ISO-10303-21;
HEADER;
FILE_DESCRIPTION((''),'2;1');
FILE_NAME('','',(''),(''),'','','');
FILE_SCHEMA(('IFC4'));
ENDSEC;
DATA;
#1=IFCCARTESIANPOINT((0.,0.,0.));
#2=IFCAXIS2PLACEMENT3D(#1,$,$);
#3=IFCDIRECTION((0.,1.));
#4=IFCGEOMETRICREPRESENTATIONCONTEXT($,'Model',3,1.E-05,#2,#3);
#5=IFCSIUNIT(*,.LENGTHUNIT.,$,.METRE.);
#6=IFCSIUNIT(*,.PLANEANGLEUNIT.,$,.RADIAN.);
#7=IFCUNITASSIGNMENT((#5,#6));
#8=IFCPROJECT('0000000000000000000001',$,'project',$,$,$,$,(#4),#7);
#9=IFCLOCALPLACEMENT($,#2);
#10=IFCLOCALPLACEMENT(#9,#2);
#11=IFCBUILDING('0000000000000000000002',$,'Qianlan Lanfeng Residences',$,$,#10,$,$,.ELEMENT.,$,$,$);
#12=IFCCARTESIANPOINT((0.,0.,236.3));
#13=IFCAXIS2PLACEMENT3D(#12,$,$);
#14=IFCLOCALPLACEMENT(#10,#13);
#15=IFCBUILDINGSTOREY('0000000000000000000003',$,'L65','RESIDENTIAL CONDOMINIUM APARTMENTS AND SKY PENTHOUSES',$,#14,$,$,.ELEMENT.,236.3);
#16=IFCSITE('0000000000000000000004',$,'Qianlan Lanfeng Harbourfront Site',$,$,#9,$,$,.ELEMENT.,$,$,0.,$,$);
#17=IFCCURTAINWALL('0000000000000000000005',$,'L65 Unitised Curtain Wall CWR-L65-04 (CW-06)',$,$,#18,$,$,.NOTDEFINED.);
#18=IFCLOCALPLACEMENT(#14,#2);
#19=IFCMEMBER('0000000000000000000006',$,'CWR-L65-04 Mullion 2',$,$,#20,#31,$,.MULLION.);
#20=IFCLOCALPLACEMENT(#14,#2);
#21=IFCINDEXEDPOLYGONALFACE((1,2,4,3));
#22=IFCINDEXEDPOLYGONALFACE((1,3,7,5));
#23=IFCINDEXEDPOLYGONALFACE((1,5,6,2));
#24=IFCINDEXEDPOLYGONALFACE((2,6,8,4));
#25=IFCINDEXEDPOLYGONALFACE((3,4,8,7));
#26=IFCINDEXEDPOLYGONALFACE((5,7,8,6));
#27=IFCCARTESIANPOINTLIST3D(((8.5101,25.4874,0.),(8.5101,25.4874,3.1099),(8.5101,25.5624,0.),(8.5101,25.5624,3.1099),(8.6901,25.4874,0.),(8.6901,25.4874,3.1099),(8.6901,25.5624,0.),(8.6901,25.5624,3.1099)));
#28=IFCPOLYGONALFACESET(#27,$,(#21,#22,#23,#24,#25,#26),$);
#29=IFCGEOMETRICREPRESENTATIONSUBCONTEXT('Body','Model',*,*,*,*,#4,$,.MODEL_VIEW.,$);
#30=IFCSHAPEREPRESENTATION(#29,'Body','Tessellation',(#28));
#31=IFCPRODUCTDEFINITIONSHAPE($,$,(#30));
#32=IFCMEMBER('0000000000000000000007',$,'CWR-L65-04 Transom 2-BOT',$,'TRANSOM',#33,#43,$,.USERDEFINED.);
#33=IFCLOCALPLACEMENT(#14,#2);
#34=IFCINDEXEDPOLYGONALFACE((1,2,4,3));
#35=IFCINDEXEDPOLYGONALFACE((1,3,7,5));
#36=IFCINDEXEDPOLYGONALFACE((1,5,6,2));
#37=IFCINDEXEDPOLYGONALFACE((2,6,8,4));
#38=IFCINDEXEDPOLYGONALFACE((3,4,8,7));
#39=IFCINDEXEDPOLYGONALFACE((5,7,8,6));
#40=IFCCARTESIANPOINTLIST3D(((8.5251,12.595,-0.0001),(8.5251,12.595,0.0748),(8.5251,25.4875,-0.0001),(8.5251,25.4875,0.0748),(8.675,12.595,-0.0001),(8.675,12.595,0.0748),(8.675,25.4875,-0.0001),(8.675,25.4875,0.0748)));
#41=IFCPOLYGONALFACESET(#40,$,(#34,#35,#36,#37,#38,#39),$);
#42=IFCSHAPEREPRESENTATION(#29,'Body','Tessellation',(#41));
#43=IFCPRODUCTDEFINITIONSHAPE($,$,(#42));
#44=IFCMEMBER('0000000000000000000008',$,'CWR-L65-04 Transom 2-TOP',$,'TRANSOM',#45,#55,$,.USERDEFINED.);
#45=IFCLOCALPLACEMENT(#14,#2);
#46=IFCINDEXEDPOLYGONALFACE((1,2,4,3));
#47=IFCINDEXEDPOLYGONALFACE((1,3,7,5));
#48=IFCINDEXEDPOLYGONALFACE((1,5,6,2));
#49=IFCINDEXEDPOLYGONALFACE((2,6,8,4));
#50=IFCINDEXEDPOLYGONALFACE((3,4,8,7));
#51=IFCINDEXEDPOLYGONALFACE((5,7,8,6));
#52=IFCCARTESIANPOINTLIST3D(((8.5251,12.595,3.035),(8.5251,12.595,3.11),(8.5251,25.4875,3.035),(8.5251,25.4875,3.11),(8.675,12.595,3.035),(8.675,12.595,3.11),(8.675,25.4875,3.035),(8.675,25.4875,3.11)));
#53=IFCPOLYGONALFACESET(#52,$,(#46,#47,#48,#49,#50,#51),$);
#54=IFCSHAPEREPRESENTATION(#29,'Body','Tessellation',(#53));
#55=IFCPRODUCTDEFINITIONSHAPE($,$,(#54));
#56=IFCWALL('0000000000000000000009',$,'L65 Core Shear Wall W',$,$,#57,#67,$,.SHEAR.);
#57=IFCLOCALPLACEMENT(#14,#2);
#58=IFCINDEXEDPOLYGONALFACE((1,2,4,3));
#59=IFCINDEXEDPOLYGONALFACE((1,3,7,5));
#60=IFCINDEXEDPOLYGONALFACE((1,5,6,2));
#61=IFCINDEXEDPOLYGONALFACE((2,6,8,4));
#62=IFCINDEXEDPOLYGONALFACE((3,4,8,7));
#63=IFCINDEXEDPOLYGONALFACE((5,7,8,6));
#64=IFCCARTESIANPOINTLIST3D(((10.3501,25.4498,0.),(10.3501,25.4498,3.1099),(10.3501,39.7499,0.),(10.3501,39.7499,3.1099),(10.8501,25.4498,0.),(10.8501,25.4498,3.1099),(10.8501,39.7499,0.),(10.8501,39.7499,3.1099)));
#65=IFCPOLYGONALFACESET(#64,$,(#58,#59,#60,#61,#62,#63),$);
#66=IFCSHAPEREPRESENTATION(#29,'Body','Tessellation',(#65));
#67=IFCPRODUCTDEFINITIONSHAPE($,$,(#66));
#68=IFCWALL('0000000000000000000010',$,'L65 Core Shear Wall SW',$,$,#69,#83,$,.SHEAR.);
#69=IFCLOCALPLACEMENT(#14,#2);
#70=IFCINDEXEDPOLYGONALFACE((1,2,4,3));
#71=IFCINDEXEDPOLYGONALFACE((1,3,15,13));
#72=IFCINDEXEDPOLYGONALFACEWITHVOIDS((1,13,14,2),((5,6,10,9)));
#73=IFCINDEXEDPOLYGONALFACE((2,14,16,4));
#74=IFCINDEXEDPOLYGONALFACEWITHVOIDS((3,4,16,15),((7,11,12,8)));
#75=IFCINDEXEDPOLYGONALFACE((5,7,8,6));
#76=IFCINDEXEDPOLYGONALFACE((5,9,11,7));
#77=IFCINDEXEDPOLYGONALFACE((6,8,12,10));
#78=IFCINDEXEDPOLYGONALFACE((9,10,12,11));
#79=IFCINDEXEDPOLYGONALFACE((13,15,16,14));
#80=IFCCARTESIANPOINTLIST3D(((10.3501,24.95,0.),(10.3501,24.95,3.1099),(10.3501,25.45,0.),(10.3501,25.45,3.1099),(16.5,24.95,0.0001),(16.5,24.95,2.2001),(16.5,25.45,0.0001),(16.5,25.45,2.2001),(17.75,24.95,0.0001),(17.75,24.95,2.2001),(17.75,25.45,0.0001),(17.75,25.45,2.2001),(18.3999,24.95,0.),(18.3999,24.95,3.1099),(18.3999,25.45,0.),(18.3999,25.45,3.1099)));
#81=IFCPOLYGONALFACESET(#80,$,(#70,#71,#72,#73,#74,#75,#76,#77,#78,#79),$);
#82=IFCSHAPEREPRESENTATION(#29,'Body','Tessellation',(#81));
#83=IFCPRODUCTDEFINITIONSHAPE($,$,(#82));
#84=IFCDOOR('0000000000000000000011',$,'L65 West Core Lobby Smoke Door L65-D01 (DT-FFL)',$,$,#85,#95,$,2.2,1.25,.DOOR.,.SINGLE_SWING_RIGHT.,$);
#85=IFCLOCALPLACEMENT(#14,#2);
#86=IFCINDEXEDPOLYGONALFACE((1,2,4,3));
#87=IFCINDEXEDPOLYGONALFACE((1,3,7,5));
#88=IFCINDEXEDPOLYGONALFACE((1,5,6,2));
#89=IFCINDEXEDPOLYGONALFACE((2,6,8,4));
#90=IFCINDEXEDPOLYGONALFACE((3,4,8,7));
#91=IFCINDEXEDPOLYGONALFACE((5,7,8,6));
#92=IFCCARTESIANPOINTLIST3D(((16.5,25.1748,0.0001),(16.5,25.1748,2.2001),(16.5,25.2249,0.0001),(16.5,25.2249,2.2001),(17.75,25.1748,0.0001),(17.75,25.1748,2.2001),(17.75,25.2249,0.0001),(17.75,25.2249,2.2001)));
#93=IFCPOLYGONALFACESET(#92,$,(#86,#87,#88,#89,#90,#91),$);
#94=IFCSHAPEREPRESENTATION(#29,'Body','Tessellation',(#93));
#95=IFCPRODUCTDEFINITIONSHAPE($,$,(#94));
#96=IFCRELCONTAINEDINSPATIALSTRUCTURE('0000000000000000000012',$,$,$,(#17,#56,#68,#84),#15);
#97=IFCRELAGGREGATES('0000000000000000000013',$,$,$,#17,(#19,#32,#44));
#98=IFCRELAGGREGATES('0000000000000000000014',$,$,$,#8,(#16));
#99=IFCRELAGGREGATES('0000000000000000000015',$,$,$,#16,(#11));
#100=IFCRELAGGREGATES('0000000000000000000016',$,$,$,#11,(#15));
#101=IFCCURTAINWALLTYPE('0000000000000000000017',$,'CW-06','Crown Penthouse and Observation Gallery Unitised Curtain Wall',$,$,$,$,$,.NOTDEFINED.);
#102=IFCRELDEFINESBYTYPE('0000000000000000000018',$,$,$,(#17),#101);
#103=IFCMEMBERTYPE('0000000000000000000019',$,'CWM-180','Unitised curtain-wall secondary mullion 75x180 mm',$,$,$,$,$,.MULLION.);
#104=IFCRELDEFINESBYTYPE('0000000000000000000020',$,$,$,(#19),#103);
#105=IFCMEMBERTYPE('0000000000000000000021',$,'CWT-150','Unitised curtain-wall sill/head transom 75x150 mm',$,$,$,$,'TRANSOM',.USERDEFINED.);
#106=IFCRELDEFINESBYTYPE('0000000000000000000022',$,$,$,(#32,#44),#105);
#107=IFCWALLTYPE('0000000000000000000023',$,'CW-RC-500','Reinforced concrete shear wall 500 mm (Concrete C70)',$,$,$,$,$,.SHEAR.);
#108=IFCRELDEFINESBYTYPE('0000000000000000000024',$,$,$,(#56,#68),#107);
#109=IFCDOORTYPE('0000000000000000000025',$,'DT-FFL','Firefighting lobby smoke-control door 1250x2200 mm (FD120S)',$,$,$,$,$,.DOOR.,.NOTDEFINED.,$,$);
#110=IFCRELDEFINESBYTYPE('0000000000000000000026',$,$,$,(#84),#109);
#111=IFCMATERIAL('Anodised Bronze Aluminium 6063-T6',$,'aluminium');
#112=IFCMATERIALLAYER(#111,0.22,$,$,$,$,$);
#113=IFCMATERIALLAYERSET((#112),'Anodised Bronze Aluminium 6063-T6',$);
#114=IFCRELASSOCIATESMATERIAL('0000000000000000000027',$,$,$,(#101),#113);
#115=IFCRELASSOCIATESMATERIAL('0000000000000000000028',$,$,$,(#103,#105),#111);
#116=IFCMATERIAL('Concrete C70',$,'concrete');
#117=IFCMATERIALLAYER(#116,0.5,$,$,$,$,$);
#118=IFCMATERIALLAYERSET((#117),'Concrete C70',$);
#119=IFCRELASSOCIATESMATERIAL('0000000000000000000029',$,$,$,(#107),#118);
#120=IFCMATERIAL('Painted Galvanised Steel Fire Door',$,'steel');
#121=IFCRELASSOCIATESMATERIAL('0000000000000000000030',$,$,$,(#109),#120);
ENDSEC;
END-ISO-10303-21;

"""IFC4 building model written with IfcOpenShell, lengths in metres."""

from ifc_helpers import new_model, si_unit, direction, frame, frame_2d, origin, origin_2d, place, context, subcontext, project, spatial, rectangle, extrude, source, transform, mapped, material, layer, layer_set, material_profile, profile_set, type_object, element, fill, aggregate, save


model = new_model("IFC4")

# Units and contexts
model_context = context("Model", 3, precision=1e-05, world=origin(), true_north=direction((0.0, 1.0)))
body_context = subcontext(model_context, "Body", "Model", "MODEL_VIEW")
ifc_project = project(units=[si_unit("LENGTHUNIT", "METRE"), si_unit("PLANEANGLEUNIT", "RADIAN")], contexts=[model_context])

# Site, building, storey
site_placement = place(None, origin())
site = spatial("IfcSite", under=ifc_project, at=site_placement, Name="Qianlan Lanfeng Harbourfront Site", CompositionType="ELEMENT", RefElevation=0.0)
building_placement = place(site_placement, origin())
building = spatial("IfcBuilding", under=site, at=building_placement, Name="Qianlan Lanfeng Residences", CompositionType="ELEMENT")
storey_placement = place(building_placement, frame((0.0, 0.0, 236.3)))
storey = spatial("IfcBuildingStorey", under=building, at=storey_placement, Name="L65", Description="RESIDENTIAL CONDOMINIUM APARTMENTS AND SKY PENTHOUSES", CompositionType="ELEMENT", Elevation=236.3)

# Curtain wall, members
ifc_material_1 = material(Name="Anodised Bronze Aluminium 6063-T6", Category="aluminium")
ifc_layer_1 = layer(ifc_material_1, 0.22)
ifc_layer_set_1 = layer_set([ifc_layer_1], Name="Anodised Bronze Aluminium 6063-T6")
curtain_wall_type = type_object("IfcCurtainWallType", Name="CW-06", Description="Crown Penthouse and Observation Gallery Unitised Curtain Wall", PredefinedType="NOTDEFINED", material=ifc_layer_set_1)
curtain_wall_placement = place(storey_placement, origin())
curtain_wall = element("IfcCurtainWall", 1, at=curtain_wall_placement, inside=storey, type_object=curtain_wall_type, Name="L65 Unitised Curtain Wall CWR-L65-04 (CW-06)", PredefinedType="NOTDEFINED")
ifc_material_profile_1 = material_profile(ifc_material_1, rectangle(XDim=0.075, YDim=0.1799, at=origin_2d()), Name="ALU MULLION 75x180")
ifc_profile_set_1 = profile_set([ifc_material_profile_1], Name="Anodised Bronze Aluminium 6063-T6")
member_type_1 = type_object("IfcMemberType", Name="CWM-180", Description="Unitised curtain-wall secondary mullion 75x180 mm", PredefinedType="MULLION", material=ifc_profile_set_1)
shared_shape_1 = source(origin(), body_context, "Body", "SweptSolid", [
    extrude(rectangle(XDim=0.075, YDim=0.1799, at=origin_2d()), origin(), (0.0, 0.0, 1.0), 3.1099),
])
member_1_placement = place(storey_placement, frame((8.6001, 25.5249, 0.0), z_axis=(0.0, 0.0, 1.0), x_axis=(0.0, -1.0, 0.0)))
member_1 = element("IfcMember", 2, at=member_1_placement, type_object=member_type_1, Name="CWR-L65-04 Mullion 2", PredefinedType="MULLION", context=body_context, shape_type="MappedRepresentation", body=[
    mapped(shared_shape_1, transform((0.0, 0.0, 0.0), scale=1.0)),
])
ifc_material_profile_2 = material_profile(ifc_material_1, rectangle(XDim=0.075, YDim=0.1499, at=origin_2d()), Name="ALU TRANSOM 75x150")
ifc_profile_set_2 = profile_set([ifc_material_profile_2], Name="Anodised Bronze Aluminium 6063-T6")
member_type_2 = type_object("IfcMemberType", Name="CWT-150", Description="Unitised curtain-wall sill/head transom 75x150 mm", ElementType="TRANSOM", PredefinedType="USERDEFINED", material=ifc_profile_set_2)
shared_shape_2 = source(origin(), body_context, "Body", "SweptSolid", [
    extrude(rectangle(XDim=0.075, YDim=0.1499, at=origin_2d()), origin(), (0.0, 0.0, 1.0), 12.8926),
])
member_2_placement = place(storey_placement, frame((8.6001, 25.4875, 0.0374), z_axis=(0.0, -1.0, 0.0), x_axis=(0.0, 0.0, 1.0)))
member_2 = element("IfcMember", 3, at=member_2_placement, type_object=member_type_2, Name="CWR-L65-04 Transom 2-BOT", ObjectType="TRANSOM", PredefinedType="USERDEFINED", context=body_context, shape_type="MappedRepresentation", body=[
    mapped(shared_shape_2, transform((0.0, 0.0, 0.0), scale=1.0)),
])
member_3_placement = place(storey_placement, frame((8.6001, 25.4875, 3.0725), z_axis=(0.0, -1.0, 0.0), x_axis=(0.0, 0.0, 1.0)))
member_3 = element("IfcMember", 4, at=member_3_placement, type_object=member_type_2, Name="CWR-L65-04 Transom 2-TOP", ObjectType="TRANSOM", PredefinedType="USERDEFINED", context=body_context, shape_type="MappedRepresentation", body=[
    mapped(shared_shape_2, transform((0.0, 0.0, 0.0), scale=1.0)),
])
aggregate(curtain_wall, [member_1, member_2, member_3])

# Wall
ifc_material_2 = material(Name="Concrete C70", Category="concrete")
ifc_layer_2 = layer(ifc_material_2, 0.5)
ifc_layer_set_2 = layer_set([ifc_layer_2], Name="Concrete C70")
wall_type_1 = type_object("IfcWallType", Name="CW-RC-500", Description="Reinforced concrete shear wall 500 mm (Concrete C70)", PredefinedType="SHEAR", material=ifc_layer_set_2)
wall_1_placement = place(storey_placement, frame((10.6001, 25.45, 0.0), z_axis=(0.0, 0.0, 1.0), x_axis=(0.0, 1.0, 0.0)))
element("IfcWall", 5, at=wall_1_placement, inside=storey, type_object=wall_type_1, Name="L65 Core Shear Wall W", PredefinedType="SHEAR", context=body_context, shape_type="SweptSolid", body=[
    extrude(rectangle(XDim=14.3, YDim=0.5, at=frame_2d((7.1499, 0.0))), origin(), (0.0, 0.0, 1.0), 3.1099),
])

# Wall, opening, door
wall_2_placement = place(storey_placement, frame((10.3501, 25.2, 0.0), z_axis=(0.0, 0.0, 1.0), x_axis=(1.0, 0.0, 0.0)))
wall_2 = element("IfcWall", 6, at=wall_2_placement, inside=storey, type_object=wall_type_1, Name="L65 Core Shear Wall SW", PredefinedType="SHEAR", context=body_context, shape_type="SweptSolid", body=[
    extrude(rectangle(XDim=8.0498, YDim=0.5, at=frame_2d((4.0249, 0.0))), origin(), (0.0, 0.0, 1.0), 3.1099),
])
opening_1_placement = place(wall_2_placement, frame((6.1499, 0.0, 0.0)))
opening_1 = element("IfcOpeningElement", 7, at=opening_1_placement, cuts=wall_2, PredefinedType="OPENING", context=body_context, shape_type="SweptSolid", body=[
    extrude(rectangle(XDim=1.25, YDim=2.2, at=frame_2d((0.625, 1.1001))), frame((0.0, 0.26, 0.0), z_axis=(0.0, -1.0, 0.0), x_axis=(1.0, 0.0, 0.0)), (0.0, 0.0, 1.0), 0.52),
])
ifc_material_3 = material(Name="Painted Galvanised Steel Fire Door", Category="steel")
door_type_1 = type_object("IfcDoorType", Name="DT-FFL", Description="Firefighting lobby smoke-control door 1250x2200 mm (FD120S)", OperationType="NOTDEFINED", PredefinedType="DOOR", material=ifc_material_3)
door_1_placement = place(opening_1_placement, origin())
door_1 = element("IfcDoor", 8, at=door_1_placement, inside=storey, type_object=door_type_1, Name="L65 West Core Lobby Smoke Door L65-D01 (DT-FFL)", OperationType="SINGLE_SWING_RIGHT", OverallHeight=2.2, OverallWidth=1.25, PredefinedType="DOOR", context=body_context, shape_type="SweptSolid", body=[
    extrude(rectangle(XDim=1.25, YDim=2.2, at=frame_2d((0.625, 1.1001))), frame((0.0, 0.0249, 0.0), z_axis=(0.0, -1.0, 0.0), x_axis=(1.0, 0.0, 0.0)), (0.0, 0.0, 1.0), 0.05),
])
fill(opening_1, door_1)

save(model, "model.ifc")
